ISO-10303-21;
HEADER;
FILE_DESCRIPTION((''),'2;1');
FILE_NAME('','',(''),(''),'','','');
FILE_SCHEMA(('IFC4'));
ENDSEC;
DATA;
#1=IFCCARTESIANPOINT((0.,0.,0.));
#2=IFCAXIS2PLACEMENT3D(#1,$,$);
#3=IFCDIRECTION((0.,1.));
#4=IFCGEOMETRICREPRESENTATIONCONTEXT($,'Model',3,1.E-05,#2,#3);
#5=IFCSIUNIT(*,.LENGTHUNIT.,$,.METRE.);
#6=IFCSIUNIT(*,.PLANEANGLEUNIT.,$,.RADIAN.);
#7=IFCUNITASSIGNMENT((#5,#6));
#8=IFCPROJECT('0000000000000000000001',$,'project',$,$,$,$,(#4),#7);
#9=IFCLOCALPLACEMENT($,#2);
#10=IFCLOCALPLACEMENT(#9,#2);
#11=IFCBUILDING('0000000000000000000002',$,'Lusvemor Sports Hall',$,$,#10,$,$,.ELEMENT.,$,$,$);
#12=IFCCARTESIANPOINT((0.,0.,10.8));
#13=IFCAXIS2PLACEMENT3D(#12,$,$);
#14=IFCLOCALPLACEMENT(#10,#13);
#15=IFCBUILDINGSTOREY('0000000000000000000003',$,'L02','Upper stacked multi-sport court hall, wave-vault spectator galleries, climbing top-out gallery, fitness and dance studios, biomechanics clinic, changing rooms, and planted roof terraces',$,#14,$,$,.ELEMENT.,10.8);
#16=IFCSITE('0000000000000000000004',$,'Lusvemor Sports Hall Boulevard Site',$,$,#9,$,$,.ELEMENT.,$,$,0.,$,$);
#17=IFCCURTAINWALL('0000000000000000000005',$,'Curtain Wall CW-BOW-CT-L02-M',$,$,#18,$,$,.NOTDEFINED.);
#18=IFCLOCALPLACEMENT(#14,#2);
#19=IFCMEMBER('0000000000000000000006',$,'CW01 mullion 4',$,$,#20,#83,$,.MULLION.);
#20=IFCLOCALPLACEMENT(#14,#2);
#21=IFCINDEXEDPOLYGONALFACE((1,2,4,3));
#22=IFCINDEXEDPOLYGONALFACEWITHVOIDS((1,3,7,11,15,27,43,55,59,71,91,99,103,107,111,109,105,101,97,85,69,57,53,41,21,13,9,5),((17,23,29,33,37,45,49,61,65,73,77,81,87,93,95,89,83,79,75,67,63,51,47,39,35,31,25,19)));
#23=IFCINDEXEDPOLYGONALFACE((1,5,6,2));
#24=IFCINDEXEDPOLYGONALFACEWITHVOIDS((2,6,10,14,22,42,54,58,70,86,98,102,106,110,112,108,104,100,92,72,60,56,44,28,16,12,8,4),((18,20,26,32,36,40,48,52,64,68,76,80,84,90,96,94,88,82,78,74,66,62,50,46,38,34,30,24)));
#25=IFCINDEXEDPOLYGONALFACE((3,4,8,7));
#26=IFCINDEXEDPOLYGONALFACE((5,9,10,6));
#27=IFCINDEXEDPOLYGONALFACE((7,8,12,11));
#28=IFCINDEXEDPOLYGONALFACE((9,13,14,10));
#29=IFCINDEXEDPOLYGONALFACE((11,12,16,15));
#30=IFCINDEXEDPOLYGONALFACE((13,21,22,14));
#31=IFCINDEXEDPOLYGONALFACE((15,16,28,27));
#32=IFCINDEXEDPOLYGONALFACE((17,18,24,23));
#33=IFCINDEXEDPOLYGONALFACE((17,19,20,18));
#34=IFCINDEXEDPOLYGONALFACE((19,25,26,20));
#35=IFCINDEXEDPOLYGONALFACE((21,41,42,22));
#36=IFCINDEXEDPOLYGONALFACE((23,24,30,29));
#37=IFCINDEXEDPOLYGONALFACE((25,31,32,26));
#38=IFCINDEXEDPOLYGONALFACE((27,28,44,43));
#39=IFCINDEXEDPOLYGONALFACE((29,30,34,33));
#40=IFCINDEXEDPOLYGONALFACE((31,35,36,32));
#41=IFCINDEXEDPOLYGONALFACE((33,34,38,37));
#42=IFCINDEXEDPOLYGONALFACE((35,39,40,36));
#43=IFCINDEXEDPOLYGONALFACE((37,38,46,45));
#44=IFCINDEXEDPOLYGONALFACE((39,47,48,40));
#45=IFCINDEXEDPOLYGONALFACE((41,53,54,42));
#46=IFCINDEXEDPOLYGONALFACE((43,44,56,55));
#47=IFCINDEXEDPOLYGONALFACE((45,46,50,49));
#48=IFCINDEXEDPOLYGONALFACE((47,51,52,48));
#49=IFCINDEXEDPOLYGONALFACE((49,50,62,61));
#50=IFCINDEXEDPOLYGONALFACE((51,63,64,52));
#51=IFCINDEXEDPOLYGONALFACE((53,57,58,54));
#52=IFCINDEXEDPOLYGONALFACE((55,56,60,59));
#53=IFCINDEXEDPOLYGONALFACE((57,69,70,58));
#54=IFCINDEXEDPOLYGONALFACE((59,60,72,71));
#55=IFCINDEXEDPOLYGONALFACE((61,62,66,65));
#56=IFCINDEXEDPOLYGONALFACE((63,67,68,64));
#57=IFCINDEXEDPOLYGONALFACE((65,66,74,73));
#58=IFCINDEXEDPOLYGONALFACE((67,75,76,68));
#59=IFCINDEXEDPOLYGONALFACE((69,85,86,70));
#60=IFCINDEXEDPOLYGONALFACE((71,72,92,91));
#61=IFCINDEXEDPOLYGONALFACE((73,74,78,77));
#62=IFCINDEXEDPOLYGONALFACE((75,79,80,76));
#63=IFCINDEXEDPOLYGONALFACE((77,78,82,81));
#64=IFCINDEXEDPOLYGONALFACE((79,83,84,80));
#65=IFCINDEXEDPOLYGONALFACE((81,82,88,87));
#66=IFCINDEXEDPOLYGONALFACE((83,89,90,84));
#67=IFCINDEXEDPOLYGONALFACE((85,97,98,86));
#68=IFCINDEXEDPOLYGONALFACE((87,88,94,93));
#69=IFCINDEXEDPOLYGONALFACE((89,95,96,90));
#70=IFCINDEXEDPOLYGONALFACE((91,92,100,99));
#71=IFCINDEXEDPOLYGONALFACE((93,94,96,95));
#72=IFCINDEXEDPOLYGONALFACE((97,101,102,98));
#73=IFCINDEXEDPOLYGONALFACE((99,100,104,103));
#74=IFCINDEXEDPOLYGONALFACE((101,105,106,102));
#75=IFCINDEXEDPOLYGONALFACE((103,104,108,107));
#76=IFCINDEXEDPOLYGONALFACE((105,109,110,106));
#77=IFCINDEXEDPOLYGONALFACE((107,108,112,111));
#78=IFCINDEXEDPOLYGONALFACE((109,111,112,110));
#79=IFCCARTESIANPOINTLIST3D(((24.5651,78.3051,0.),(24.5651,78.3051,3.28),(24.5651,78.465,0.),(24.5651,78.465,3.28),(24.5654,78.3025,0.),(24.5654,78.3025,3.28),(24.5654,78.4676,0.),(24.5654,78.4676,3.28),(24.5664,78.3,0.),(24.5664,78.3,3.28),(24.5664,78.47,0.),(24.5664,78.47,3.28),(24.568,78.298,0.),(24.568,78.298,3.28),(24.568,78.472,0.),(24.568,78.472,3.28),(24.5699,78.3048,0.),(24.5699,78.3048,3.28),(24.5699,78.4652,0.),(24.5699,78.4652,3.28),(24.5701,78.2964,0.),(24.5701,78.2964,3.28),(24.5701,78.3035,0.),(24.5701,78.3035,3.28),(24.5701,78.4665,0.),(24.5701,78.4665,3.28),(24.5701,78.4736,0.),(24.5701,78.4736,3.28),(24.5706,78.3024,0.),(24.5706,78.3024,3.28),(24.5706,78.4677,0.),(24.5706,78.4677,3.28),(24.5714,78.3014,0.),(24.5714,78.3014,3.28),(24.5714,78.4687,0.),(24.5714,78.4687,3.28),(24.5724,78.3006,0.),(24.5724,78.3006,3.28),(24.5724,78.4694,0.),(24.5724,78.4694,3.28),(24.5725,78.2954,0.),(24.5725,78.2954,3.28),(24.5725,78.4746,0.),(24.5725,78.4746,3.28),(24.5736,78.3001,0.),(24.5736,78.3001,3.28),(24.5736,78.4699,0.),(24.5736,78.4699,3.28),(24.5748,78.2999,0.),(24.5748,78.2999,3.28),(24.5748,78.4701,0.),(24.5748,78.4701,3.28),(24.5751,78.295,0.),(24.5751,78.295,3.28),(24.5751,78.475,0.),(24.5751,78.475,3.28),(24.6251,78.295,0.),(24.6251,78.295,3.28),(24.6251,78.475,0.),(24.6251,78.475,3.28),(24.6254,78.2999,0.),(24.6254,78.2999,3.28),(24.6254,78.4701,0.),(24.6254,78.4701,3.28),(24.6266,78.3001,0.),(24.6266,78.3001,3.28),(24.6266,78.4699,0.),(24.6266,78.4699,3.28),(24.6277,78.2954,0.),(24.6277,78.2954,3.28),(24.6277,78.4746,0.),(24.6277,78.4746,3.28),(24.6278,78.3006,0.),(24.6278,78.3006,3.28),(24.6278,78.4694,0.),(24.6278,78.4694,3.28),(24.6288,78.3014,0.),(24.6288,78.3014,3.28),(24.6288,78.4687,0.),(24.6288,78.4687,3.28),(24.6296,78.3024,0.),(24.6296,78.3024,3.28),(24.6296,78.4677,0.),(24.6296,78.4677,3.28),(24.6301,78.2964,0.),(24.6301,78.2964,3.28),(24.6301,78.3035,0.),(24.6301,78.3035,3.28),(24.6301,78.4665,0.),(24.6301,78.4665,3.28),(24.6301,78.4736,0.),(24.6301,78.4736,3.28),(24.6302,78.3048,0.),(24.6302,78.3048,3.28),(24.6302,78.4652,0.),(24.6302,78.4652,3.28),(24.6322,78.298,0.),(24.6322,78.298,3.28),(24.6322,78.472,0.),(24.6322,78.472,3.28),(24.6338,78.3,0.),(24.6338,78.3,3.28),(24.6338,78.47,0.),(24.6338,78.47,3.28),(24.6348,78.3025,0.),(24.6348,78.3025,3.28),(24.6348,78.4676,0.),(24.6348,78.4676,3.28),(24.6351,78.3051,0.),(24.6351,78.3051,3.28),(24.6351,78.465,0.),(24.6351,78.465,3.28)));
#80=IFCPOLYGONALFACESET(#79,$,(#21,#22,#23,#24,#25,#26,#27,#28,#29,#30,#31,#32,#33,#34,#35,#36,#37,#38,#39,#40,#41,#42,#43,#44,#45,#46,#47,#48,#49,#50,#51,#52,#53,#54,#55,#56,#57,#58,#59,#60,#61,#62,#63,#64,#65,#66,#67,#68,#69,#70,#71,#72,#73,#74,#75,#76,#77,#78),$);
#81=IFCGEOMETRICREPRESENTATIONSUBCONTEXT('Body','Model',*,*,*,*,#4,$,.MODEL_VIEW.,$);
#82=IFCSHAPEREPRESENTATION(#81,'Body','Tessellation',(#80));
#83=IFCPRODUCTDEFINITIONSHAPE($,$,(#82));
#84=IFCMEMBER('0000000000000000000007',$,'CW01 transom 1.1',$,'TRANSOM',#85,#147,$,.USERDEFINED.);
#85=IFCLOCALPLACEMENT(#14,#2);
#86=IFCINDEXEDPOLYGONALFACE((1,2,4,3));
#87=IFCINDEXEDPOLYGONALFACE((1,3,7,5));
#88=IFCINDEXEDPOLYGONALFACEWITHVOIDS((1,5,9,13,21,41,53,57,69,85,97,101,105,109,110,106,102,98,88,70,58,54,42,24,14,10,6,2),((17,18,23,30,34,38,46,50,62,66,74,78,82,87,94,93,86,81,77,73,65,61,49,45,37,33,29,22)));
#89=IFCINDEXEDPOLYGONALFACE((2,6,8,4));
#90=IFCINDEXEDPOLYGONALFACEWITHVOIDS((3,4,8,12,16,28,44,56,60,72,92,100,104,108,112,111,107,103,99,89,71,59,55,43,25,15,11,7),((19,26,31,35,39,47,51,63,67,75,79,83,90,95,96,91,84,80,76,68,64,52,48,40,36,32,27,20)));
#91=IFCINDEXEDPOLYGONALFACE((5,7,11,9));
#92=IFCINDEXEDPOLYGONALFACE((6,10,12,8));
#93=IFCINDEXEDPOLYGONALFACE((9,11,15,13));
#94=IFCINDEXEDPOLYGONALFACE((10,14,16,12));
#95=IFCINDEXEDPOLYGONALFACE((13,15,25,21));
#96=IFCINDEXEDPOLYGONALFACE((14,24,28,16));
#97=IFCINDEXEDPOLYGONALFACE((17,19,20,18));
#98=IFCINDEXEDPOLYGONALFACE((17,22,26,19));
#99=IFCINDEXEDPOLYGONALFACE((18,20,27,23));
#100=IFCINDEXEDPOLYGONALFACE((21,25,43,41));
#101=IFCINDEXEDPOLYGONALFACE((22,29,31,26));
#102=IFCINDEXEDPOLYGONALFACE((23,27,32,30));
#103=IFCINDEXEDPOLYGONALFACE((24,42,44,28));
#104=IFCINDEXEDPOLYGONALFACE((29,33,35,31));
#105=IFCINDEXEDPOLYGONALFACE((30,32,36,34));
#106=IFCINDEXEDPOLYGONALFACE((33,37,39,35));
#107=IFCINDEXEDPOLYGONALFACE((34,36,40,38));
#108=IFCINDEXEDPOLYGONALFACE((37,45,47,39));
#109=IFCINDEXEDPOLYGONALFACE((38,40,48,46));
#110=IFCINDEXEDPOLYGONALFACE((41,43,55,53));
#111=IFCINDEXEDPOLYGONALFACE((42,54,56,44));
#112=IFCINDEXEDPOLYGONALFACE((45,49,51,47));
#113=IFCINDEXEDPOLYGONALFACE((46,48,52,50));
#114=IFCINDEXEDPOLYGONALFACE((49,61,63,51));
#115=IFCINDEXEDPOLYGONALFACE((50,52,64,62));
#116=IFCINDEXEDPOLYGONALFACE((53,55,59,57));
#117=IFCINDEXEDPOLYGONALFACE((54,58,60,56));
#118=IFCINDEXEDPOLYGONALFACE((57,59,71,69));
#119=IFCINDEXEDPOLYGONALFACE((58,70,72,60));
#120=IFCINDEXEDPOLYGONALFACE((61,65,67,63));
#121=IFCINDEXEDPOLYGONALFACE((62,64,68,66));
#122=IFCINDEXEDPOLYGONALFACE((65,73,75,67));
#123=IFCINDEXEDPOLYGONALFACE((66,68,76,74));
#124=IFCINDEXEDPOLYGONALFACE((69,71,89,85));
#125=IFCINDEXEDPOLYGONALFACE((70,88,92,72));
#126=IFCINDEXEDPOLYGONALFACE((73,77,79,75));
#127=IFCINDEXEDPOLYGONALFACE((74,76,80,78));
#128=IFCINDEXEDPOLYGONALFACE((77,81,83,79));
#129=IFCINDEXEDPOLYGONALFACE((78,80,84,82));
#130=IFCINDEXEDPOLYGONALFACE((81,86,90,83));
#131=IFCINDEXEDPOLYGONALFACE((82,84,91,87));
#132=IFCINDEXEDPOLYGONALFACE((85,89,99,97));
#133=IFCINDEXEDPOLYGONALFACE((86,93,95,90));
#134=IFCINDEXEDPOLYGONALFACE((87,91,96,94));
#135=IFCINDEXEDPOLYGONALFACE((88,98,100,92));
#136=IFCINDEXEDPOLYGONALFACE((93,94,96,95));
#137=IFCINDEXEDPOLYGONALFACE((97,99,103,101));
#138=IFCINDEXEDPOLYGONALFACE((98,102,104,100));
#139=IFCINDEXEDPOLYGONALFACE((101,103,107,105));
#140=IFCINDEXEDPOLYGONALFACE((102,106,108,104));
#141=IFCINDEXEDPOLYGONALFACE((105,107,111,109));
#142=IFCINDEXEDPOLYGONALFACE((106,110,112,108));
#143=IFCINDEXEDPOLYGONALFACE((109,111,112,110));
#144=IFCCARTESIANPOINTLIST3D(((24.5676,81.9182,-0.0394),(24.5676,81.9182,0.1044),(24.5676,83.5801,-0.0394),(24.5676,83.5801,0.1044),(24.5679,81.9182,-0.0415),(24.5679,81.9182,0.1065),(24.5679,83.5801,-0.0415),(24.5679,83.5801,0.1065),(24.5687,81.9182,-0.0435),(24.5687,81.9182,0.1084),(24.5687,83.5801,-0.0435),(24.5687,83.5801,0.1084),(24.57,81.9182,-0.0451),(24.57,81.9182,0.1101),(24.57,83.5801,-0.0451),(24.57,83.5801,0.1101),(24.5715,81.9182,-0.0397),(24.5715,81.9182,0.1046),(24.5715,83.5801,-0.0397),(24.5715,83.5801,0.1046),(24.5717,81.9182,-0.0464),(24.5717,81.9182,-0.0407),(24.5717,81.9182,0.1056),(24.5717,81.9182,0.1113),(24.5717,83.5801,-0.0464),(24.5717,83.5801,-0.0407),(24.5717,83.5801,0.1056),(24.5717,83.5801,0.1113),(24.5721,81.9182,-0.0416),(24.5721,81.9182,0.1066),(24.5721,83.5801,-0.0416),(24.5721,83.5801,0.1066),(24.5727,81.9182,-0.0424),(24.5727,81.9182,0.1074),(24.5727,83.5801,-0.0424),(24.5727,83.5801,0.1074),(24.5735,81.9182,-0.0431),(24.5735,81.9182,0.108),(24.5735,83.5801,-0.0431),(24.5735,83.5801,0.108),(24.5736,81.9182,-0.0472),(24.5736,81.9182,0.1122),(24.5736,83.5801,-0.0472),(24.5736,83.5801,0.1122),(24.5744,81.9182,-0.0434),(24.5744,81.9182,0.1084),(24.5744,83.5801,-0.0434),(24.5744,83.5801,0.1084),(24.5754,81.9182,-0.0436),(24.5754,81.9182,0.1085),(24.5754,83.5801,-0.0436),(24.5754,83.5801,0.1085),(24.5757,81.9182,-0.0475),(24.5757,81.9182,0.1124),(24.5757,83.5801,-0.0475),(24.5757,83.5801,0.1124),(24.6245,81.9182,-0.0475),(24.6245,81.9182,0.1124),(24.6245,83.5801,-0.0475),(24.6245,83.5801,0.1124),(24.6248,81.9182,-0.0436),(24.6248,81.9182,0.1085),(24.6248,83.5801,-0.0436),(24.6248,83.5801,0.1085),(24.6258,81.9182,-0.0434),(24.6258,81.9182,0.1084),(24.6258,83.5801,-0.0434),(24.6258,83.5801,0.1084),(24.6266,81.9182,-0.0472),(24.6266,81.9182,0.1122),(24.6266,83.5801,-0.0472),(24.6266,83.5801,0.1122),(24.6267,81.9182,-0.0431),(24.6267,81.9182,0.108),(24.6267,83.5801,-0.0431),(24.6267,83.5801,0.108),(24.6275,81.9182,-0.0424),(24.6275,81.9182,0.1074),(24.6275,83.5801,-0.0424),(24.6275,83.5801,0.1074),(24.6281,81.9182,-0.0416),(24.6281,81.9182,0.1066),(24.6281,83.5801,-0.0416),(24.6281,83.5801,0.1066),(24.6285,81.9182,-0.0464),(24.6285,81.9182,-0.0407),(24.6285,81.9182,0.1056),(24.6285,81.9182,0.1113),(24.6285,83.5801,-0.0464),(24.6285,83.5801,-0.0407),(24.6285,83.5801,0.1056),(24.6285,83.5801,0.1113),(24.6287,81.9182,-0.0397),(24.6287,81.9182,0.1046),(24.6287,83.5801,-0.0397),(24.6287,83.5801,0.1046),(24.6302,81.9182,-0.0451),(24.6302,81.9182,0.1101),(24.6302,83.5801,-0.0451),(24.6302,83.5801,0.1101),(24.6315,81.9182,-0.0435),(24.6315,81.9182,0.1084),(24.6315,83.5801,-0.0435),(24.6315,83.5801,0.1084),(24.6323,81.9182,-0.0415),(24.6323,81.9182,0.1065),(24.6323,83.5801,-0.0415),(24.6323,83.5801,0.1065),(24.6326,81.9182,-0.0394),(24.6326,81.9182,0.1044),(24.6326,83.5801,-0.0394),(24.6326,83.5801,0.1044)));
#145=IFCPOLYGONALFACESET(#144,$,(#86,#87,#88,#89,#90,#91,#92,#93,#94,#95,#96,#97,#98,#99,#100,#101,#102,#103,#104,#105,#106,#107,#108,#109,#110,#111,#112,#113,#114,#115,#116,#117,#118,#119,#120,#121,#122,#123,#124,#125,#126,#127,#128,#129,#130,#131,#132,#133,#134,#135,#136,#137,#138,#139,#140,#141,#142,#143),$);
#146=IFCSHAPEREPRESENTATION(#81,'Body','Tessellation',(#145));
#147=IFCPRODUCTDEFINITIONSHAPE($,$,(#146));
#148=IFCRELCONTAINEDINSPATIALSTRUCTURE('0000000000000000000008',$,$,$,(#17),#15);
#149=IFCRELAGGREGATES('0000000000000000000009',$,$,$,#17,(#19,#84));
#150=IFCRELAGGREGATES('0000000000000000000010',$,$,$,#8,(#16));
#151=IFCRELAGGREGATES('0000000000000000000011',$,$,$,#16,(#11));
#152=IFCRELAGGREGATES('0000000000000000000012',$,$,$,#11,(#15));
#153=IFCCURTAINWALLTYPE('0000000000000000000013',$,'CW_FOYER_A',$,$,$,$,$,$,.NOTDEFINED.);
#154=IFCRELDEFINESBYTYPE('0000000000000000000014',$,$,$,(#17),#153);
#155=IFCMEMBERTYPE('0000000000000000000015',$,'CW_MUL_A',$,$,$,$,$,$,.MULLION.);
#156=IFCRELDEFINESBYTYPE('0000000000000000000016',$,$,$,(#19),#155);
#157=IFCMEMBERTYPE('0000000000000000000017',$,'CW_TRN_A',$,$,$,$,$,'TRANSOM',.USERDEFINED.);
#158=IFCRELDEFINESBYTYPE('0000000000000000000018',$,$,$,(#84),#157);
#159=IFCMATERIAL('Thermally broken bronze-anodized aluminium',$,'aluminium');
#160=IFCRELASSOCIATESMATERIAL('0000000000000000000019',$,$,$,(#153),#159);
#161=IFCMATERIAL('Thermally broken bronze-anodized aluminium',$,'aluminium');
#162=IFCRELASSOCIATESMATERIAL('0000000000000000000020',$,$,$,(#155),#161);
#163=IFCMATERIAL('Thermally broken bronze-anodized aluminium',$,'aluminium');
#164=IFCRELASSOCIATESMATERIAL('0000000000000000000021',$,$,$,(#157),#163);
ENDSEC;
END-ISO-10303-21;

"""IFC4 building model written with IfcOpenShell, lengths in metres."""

from ifc_helpers import new_model, si_unit, direction, frame, origin, origin_2d, place, context, subcontext, project, spatial, hollow_rectangle, extrude, material, material_profile, profile_set, type_object, element, aggregate, save


model = new_model("IFC4")

# Units and contexts
model_context = context("Model", 3, precision=1e-05, world=origin(), true_north=direction((0.0, 1.0)))
body_context = subcontext(model_context, "Body", "Model", "MODEL_VIEW")
ifc_project = project(units=[si_unit("LENGTHUNIT", "METRE"), si_unit("PLANEANGLEUNIT", "RADIAN")], contexts=[model_context])

# Site, building, storey
site_placement = place(None, origin())
site = spatial("IfcSite", under=ifc_project, at=site_placement, Name="Lusvemor Sports Hall Boulevard Site", CompositionType="ELEMENT", RefElevation=0.0)
building_placement = place(site_placement, origin())
building = spatial("IfcBuilding", under=site, at=building_placement, Name="Lusvemor Sports Hall", CompositionType="ELEMENT")
storey_placement = place(building_placement, frame((0.0, 0.0, 10.8)))
storey = spatial("IfcBuildingStorey", under=building, at=storey_placement, Name="L02", Description="Upper stacked multi-sport court hall, wave-vault spectator galleries, climbing top-out gallery, fitness and dance studios, biomechanics clinic, changing rooms, and planted roof terraces", CompositionType="ELEMENT", Elevation=10.8)

# Curtain wall, members
ifc_material_1 = material(Name="Thermally broken bronze-anodized aluminium", Category="aluminium")
curtain_wall_type = type_object("IfcCurtainWallType", Name="CW_FOYER_A", PredefinedType="NOTDEFINED", material=ifc_material_1)
curtain_wall_placement = place(storey_placement, origin())
curtain_wall = element("IfcCurtainWall", 1, at=curtain_wall_placement, inside=storey, type_object=curtain_wall_type, Name="Curtain Wall CW-BOW-CT-L02-M", PredefinedType="NOTDEFINED")
ifc_material_2 = material(Name="Thermally broken bronze-anodized aluminium", Category="aluminium")
ifc_material_profile_1 = material_profile(ifc_material_2, hollow_rectangle(XDim=0.0701, YDim=0.1799, WallThickness=0.0049, InnerFilletRadius=0.0049, OuterFilletRadius=0.01, at=origin_2d()), Name="CWMUL180x70x5")
ifc_profile_set_1 = profile_set([ifc_material_profile_1], Name="Thermally broken bronze-anodized aluminium")
member_type_1 = type_object("IfcMemberType", Name="CW_MUL_A", PredefinedType="MULLION", material=ifc_profile_set_1)
member_1_placement = place(storey_placement, frame((24.6001, 78.385, 0.0), z_axis=(0.0, 0.0, 1.0), x_axis=(1.0, 0.0, 0.0)))
member_1 = element("IfcMember", 2, at=member_1_placement, type_object=member_type_1, Name="CW01 mullion 4", PredefinedType="MULLION", context=body_context, shape_type="SweptSolid", body=[
    extrude(hollow_rectangle(XDim=0.0701, YDim=0.1799, WallThickness=0.0049, InnerFilletRadius=0.0049, OuterFilletRadius=0.01, at=origin_2d()), origin(), (0.0, 0.0, 1.0), 3.28),
])
ifc_material_3 = material(Name="Thermally broken bronze-anodized aluminium", Category="aluminium")
ifc_material_profile_2 = material_profile(ifc_material_3, hollow_rectangle(XDim=0.0649, YDim=0.1599, WallThickness=0.0039, InnerFilletRadius=0.0039, OuterFilletRadius=0.0081, at=origin_2d()), Name="CWTRN160x65x4")
ifc_profile_set_2 = profile_set([ifc_material_profile_2], Name="Thermally broken bronze-anodized aluminium")
member_type_2 = type_object("IfcMemberType", Name="CW_TRN_A", ElementType="TRANSOM", PredefinedType="USERDEFINED", material=ifc_profile_set_2)
member_2_placement = place(storey_placement, frame((24.6001, 83.5801, 0.0325), z_axis=(0.0, -1.0, 0.0), x_axis=(1.0, 0.0, 0.0)))
member_2 = element("IfcMember", 3, at=member_2_placement, type_object=member_type_2, Name="CW01 transom 1.1", ObjectType="TRANSOM", PredefinedType="USERDEFINED", context=body_context, shape_type="SweptSolid", body=[
    extrude(hollow_rectangle(XDim=0.0649, YDim=0.1599, WallThickness=0.0039, InnerFilletRadius=0.0039, OuterFilletRadius=0.0081, at=origin_2d()), origin(), (0.0, 0.0, 1.0), 1.6619),
])

aggregate(curtain_wall, [member_1, member_2])

save(model, "model.ifc")
